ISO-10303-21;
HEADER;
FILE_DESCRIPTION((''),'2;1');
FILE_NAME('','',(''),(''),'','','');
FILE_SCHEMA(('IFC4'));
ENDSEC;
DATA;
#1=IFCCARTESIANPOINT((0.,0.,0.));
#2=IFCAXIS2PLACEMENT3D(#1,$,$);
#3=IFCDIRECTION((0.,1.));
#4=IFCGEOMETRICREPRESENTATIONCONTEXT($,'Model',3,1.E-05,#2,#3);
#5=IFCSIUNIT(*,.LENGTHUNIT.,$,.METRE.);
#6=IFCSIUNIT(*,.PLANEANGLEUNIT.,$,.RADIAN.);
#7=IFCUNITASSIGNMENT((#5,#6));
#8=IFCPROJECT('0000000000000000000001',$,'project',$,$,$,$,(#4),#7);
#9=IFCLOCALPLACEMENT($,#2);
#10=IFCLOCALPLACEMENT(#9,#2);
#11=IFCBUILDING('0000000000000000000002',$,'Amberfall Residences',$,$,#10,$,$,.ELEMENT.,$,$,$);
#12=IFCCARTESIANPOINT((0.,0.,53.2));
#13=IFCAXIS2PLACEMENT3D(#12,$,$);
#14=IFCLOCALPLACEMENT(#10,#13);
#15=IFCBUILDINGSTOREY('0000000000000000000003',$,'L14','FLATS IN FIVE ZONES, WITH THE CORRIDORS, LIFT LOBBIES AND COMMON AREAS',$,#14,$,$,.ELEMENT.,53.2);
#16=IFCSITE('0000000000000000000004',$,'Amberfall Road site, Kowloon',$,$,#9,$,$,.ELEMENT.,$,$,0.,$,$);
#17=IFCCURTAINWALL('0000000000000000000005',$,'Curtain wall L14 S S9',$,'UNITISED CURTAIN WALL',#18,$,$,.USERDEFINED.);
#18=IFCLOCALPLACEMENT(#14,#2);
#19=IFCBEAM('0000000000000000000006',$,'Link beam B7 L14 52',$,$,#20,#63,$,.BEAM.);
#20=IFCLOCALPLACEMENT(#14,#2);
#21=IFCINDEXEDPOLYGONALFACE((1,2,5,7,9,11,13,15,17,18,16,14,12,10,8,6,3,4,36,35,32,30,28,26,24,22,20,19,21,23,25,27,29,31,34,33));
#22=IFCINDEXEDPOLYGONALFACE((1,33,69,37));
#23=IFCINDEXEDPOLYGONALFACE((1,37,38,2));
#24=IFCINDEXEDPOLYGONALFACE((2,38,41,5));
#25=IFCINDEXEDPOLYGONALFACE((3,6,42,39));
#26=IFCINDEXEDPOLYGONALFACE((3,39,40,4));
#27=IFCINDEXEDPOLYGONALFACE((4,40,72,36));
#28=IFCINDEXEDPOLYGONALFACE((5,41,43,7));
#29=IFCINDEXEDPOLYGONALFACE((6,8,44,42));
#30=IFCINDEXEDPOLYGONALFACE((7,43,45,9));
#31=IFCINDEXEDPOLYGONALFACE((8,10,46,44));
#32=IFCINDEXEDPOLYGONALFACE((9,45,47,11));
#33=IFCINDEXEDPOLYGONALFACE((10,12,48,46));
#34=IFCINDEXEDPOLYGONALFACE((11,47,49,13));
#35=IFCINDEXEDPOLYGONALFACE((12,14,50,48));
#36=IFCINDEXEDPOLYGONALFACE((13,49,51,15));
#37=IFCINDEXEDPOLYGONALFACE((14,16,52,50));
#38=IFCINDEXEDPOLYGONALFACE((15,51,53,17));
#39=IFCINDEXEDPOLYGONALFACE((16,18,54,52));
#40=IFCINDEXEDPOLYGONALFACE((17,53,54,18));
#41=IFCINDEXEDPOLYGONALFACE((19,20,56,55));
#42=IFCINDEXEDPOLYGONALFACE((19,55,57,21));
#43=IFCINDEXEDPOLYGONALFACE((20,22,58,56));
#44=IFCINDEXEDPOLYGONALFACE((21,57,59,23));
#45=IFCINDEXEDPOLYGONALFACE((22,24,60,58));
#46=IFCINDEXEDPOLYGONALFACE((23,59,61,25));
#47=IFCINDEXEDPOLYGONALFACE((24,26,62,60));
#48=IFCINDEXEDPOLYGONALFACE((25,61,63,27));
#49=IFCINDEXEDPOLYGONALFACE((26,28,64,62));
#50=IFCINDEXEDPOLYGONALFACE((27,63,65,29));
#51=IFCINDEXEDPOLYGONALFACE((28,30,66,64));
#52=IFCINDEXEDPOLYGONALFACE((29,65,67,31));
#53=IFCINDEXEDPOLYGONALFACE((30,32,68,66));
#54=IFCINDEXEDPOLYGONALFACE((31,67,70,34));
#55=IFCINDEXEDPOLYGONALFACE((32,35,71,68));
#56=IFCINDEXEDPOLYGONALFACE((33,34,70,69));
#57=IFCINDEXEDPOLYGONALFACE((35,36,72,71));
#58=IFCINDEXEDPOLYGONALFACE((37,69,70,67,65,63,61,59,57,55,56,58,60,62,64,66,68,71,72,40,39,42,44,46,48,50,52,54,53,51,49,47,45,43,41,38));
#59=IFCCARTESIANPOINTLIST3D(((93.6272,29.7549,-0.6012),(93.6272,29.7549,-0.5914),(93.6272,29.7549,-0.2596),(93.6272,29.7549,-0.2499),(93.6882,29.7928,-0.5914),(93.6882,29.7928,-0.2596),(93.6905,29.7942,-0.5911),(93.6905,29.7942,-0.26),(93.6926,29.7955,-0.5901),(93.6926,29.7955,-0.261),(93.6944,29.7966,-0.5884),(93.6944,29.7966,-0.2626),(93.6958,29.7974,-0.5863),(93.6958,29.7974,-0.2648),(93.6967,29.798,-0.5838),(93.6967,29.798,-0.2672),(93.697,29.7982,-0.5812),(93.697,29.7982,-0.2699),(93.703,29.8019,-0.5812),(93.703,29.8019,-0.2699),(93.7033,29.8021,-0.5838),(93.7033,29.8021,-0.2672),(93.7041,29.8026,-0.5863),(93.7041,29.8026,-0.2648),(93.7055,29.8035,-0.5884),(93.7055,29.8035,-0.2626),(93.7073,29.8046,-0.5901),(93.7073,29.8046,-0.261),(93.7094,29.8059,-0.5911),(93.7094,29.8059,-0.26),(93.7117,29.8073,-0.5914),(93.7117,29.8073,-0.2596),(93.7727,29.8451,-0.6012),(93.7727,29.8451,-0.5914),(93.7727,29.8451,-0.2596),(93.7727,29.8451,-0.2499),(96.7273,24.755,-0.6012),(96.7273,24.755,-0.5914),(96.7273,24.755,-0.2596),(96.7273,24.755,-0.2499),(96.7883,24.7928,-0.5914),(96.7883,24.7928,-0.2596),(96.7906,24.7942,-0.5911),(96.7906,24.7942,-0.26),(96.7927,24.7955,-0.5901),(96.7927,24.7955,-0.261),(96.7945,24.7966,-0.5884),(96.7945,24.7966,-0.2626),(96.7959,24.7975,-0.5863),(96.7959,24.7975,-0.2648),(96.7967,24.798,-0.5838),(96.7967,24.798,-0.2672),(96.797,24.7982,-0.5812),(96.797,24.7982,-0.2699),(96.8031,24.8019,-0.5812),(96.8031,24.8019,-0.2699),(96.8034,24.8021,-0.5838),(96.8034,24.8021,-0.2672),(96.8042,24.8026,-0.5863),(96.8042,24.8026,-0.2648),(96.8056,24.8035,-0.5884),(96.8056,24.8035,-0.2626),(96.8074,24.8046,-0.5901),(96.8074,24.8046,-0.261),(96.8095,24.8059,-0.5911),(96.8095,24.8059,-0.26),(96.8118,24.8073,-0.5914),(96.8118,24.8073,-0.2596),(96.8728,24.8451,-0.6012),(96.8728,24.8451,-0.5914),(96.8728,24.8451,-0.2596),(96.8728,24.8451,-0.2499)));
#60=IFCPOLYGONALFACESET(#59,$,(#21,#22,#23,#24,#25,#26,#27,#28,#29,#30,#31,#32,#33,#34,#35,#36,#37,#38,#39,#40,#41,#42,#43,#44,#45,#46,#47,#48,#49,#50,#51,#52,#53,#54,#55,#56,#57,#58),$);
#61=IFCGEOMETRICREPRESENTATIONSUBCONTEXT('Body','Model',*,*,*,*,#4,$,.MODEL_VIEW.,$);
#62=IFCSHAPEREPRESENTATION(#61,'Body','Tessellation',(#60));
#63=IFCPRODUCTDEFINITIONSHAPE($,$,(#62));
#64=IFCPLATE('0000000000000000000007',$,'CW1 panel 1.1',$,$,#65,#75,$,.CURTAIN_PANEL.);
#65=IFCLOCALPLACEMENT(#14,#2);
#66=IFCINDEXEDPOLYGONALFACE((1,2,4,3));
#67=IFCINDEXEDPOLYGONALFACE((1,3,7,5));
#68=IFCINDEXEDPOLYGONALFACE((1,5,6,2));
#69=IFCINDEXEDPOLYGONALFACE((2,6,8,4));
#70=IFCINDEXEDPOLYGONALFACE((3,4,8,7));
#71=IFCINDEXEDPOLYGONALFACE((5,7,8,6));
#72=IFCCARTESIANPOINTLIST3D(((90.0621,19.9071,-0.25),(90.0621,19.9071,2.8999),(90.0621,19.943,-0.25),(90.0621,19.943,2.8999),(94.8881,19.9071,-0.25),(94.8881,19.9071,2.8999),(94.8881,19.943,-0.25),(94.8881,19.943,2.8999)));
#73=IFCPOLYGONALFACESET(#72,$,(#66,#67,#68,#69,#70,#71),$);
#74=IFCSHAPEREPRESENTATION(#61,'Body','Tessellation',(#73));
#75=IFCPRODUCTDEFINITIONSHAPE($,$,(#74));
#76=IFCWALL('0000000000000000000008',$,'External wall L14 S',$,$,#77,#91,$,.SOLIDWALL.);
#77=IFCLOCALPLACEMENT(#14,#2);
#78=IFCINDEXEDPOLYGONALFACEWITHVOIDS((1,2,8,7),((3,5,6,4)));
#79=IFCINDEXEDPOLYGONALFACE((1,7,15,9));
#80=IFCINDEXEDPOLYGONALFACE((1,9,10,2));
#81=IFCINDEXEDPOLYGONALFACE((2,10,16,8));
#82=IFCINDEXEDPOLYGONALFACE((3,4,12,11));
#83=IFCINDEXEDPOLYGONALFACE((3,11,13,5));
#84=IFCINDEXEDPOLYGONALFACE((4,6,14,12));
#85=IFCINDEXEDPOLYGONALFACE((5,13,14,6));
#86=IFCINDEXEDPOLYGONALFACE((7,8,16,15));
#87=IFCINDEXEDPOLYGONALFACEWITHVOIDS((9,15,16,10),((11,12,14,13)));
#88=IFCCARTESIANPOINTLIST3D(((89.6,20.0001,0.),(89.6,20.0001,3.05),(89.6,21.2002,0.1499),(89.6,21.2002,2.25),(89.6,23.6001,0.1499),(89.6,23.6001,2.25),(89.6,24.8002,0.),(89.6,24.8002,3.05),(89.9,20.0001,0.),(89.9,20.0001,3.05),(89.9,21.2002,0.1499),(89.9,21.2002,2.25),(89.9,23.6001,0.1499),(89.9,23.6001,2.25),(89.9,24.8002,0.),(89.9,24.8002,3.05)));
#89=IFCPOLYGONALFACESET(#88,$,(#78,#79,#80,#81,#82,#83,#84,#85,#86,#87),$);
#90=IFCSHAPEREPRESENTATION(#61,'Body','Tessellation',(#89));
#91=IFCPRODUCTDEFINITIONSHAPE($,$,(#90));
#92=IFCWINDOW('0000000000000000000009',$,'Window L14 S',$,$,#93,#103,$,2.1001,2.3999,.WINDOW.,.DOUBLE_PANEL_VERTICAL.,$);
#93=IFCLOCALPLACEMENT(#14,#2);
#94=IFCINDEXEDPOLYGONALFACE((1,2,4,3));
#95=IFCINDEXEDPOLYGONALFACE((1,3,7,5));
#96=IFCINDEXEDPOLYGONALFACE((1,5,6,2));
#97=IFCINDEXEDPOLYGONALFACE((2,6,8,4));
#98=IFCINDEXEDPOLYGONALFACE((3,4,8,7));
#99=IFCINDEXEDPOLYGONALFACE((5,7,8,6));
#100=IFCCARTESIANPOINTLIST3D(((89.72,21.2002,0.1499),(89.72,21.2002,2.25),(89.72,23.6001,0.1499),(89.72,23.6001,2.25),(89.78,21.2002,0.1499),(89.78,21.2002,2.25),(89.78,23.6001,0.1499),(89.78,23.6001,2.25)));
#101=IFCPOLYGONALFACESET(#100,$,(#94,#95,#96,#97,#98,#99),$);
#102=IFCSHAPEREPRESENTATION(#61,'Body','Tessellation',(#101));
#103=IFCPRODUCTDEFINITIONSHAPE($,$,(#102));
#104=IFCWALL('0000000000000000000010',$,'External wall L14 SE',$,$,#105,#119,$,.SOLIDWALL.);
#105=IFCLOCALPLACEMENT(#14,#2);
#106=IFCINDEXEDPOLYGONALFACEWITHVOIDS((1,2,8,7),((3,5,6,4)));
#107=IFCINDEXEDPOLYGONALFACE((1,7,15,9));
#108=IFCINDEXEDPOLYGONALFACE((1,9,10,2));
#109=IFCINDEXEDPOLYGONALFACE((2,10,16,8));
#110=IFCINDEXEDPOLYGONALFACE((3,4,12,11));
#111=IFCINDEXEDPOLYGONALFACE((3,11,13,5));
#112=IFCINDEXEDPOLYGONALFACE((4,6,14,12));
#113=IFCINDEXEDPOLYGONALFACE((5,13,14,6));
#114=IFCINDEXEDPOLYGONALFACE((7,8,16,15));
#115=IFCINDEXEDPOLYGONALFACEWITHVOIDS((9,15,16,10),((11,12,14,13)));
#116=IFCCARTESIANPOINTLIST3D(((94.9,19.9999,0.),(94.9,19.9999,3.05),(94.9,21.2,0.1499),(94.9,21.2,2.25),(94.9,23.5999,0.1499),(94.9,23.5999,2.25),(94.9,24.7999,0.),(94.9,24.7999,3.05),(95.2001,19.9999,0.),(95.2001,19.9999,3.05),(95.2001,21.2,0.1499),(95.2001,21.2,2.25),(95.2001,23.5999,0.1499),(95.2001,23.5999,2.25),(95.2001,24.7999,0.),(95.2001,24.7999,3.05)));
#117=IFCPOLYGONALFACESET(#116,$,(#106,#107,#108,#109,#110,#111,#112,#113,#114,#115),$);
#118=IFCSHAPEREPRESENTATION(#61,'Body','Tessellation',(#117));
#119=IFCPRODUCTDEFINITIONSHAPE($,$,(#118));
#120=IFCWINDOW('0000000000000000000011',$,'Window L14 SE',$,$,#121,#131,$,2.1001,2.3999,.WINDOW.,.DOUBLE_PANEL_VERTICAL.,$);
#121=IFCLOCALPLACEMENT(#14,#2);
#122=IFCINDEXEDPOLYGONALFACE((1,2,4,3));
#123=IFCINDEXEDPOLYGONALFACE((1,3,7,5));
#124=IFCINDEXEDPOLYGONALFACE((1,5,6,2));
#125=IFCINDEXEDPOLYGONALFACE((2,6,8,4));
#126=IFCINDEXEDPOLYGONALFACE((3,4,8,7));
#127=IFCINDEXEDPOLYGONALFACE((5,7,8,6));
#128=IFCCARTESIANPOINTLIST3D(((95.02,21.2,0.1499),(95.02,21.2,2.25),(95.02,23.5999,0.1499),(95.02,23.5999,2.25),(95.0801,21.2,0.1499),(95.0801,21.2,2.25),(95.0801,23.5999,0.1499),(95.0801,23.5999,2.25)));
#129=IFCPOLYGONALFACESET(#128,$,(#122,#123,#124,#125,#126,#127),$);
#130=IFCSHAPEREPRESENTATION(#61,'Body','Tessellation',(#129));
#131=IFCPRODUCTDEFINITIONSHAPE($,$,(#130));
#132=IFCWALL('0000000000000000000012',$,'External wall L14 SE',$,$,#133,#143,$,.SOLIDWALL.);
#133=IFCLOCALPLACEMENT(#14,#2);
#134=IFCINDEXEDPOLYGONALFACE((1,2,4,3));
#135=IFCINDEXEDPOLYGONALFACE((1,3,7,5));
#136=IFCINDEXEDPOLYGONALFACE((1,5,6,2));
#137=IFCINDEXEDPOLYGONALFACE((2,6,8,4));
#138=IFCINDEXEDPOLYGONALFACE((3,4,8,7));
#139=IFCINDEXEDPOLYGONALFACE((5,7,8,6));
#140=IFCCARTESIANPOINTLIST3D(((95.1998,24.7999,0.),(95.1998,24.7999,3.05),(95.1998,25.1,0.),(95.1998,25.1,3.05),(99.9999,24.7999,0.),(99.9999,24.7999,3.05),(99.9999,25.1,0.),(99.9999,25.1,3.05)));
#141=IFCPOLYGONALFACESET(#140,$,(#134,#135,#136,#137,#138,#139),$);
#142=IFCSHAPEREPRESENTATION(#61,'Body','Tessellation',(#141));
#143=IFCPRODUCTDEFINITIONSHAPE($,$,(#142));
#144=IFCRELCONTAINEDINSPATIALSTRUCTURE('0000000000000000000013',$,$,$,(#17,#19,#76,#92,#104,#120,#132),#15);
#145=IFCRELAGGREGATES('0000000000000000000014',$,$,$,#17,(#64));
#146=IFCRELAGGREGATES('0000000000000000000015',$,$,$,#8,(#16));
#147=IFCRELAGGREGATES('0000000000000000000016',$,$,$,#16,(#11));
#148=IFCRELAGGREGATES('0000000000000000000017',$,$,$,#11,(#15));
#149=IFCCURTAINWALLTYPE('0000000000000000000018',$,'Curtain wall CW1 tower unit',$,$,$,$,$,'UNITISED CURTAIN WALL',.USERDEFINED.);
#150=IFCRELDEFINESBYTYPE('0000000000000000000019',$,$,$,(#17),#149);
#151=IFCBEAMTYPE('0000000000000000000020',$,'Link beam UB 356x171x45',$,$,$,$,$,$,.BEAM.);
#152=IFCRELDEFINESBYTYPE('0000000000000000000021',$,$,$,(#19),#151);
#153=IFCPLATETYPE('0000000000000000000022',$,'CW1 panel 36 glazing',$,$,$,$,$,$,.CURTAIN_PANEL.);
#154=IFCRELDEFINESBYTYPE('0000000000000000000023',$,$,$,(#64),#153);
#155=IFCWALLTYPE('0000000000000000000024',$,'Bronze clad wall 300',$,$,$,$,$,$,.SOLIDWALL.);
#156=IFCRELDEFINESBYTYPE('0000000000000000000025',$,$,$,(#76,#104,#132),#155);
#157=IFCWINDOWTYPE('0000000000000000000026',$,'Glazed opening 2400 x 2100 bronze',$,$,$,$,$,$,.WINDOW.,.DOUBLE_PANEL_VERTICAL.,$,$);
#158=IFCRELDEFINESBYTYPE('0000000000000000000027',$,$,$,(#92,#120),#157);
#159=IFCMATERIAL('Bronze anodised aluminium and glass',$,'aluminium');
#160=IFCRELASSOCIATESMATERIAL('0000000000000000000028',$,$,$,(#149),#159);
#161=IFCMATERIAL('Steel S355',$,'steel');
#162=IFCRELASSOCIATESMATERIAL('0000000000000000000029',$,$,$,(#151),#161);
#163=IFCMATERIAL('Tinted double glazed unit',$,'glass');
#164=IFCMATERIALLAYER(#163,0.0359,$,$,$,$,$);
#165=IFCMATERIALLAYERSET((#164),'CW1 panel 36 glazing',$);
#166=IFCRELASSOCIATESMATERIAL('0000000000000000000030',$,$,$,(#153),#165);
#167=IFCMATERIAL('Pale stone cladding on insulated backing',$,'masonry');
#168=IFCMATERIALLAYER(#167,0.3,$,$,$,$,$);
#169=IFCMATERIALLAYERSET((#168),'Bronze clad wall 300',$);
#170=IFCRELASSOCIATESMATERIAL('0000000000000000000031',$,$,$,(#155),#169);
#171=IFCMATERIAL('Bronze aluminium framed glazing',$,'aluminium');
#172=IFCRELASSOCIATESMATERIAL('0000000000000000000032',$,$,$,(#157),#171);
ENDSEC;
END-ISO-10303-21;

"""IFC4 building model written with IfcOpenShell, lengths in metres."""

from ifc_helpers import new_model, si_unit, direction, frame, frame_2d, origin, origin_2d, place, context, subcontext, project, spatial, rectangle, i_section, extrude, material, layer, layer_set, material_profile, profile_set, type_object, element, fill, aggregate, save


model = new_model("IFC4")

# Units and contexts
model_context = context("Model", 3, precision=1e-05, world=origin(), true_north=direction((0.0, 1.0)))
body_context = subcontext(model_context, "Body", "Model", "MODEL_VIEW")
ifc_project = project(units=[si_unit("LENGTHUNIT", "METRE"), si_unit("PLANEANGLEUNIT", "RADIAN")], contexts=[model_context])

# Site, building, storey
site_placement = place(None, origin())
site = spatial("IfcSite", under=ifc_project, at=site_placement, Name="Amberfall Road site, Kowloon", CompositionType="ELEMENT", RefElevation=0.0)
building_placement = place(site_placement, origin())
building = spatial("IfcBuilding", under=site, at=building_placement, Name="Amberfall Residences", CompositionType="ELEMENT")
storey_placement = place(building_placement, frame((0.0, 0.0, 53.2)))
storey = spatial("IfcBuildingStorey", under=building, at=storey_placement, Name="L14", Description="FLATS IN FIVE ZONES, WITH THE CORRIDORS, LIFT LOBBIES AND COMMON AREAS", CompositionType="ELEMENT", Elevation=53.2)

# Curtain wall
ifc_material_1 = material(Name="Bronze anodised aluminium and glass", Category="aluminium")
curtain_wall_type = type_object("IfcCurtainWallType", Name="Curtain wall CW1 tower unit", ElementType="UNITISED CURTAIN WALL", PredefinedType="USERDEFINED", material=ifc_material_1)
curtain_wall_1_placement = place(storey_placement, origin())
curtain_wall_1 = element("IfcCurtainWall", 1, at=curtain_wall_1_placement, inside=storey, type_object=curtain_wall_type, Name="Curtain wall L14 S S9", ObjectType="UNITISED CURTAIN WALL", PredefinedType="USERDEFINED")

# Beam
ifc_material_2 = material(Name="Steel S355", Category="steel")
ifc_material_profile_1 = material_profile(ifc_material_2, i_section(OverallWidth=0.1711, OverallDepth=0.3513, WebThickness=0.0071, FlangeThickness=0.0098, FilletRadius=0.0103, at=origin_2d()), Name="UB 356x171x45")
ifc_profile_set_1 = profile_set([ifc_material_profile_1], Name="Steel S355")
beam_type = type_object("IfcBeamType", Name="Link beam UB 356x171x45", PredefinedType="BEAM", material=ifc_profile_set_1)
beam_1_placement = place(storey_placement, frame((96.8, 24.8, -0.4255), z_axis=(-0.526952, 0.849895, 0.0), x_axis=(-0.849895, -0.526952, 0.0)))
element("IfcBeam", 2, at=beam_1_placement, inside=storey, type_object=beam_type, Name="Link beam B7 L14 52", PredefinedType="BEAM", context=body_context, shape_type="SweptSolid", body=[
    extrude(i_section(OverallWidth=0.1711, OverallDepth=0.3513, WebThickness=0.0071, FlangeThickness=0.0098, FilletRadius=0.0103, at=origin_2d()), origin(), (0.0, 0.0, 1.0), 5.8831),
])

# Plate
ifc_material_3 = material(Name="Tinted double glazed unit", Category="glass")
ifc_layer_1 = layer(ifc_material_3, 0.0359)
ifc_layer_set_1 = layer_set([ifc_layer_1], Name="CW1 panel 36 glazing")
plate_type = type_object("IfcPlateType", Name="CW1 panel 36 glazing", PredefinedType="CURTAIN_PANEL", material=ifc_layer_set_1)
plate_placement = place(storey_placement, frame((92.4751, 19.925, -0.25), z_axis=(0.0, 0.0, 1.0), x_axis=(1.0, 0.0, 0.0)))
plate = element("IfcPlate", 3, at=plate_placement, type_object=plate_type, Name="CW1 panel 1.1", PredefinedType="CURTAIN_PANEL", context=body_context, shape_type="SweptSolid", body=[
    extrude(rectangle(XDim=4.8259, YDim=0.0359, at=origin_2d()), origin(), (0.0, 0.0, 1.0), 3.1499),
])
aggregate(curtain_wall_1, [plate])

# Walls, openings, windows
ifc_material_4 = material(Name="Pale stone cladding on insulated backing", Category="masonry")
ifc_layer_2 = layer(ifc_material_4, 0.3)
ifc_layer_set_2 = layer_set([ifc_layer_2], Name="Bronze clad wall 300")
wall_type = type_object("IfcWallType", Name="Bronze clad wall 300", PredefinedType="SOLIDWALL", material=ifc_layer_set_2)
wall_1_placement = place(storey_placement, frame((89.75, 24.8, 0.0), z_axis=(0.0, 0.0, 1.0), x_axis=(0.0, -1.0, 0.0)))
wall_1 = element("IfcWall", 4, at=wall_1_placement, inside=storey, type_object=wall_type, Name="External wall L14 S", PredefinedType="SOLIDWALL", context=body_context, shape_type="SweptSolid", body=[
    extrude(rectangle(XDim=4.8, YDim=0.3, at=frame_2d((2.3999, 0.0))), origin(), (0.0, 0.0, 1.0), 3.05),
])
opening_1_placement = place(wall_1_placement, frame((1.2, 0.0, 0.1499)))
opening_1 = element("IfcOpeningElement", 5, at=opening_1_placement, cuts=wall_1, PredefinedType="OPENING", context=body_context, shape_type="SweptSolid", body=[
    extrude(rectangle(XDim=2.3999, YDim=2.1001, at=frame_2d((1.2, 1.05))), frame((0.0, 0.1599, 0.0), z_axis=(0.0, -1.0, 0.0), x_axis=(1.0, 0.0, 0.0)), (0.0, 0.0, 1.0), 0.3201),
])
ifc_material_5 = material(Name="Bronze aluminium framed glazing", Category="aluminium")
window_type = type_object("IfcWindowType", Name="Glazed opening 2400 x 2100 bronze", PartitioningType="DOUBLE_PANEL_VERTICAL", PredefinedType="WINDOW", material=ifc_material_5)
window_1_placement = place(opening_1_placement, origin())
window_1 = element("IfcWindow", 6, at=window_1_placement, inside=storey, type_object=window_type, Name="Window L14 S", OverallHeight=2.1001, OverallWidth=2.3999, PartitioningType="DOUBLE_PANEL_VERTICAL", PredefinedType="WINDOW", context=body_context, shape_type="SweptSolid", body=[
    extrude(rectangle(XDim=2.3999, YDim=2.1001, at=frame_2d((1.2, 1.05))), frame((0.0, 0.03, 0.0), z_axis=(0.0, -1.0, 0.0), x_axis=(1.0, 0.0, 0.0)), (0.0, 0.0, 1.0), 0.0601),
])
fill(opening_1, window_1)
wall_2_placement = place(storey_placement, frame((95.05, 20.0, 0.0), z_axis=(0.0, 0.0, 1.0), x_axis=(0.0, 1.0, 0.0)))
wall_2 = element("IfcWall", 7, at=wall_2_placement, inside=storey, type_object=wall_type, Name="External wall L14 SE", PredefinedType="SOLIDWALL", context=body_context, shape_type="SweptSolid", body=[
    extrude(rectangle(XDim=4.8, YDim=0.3, at=frame_2d((2.3999, 0.0))), origin(), (0.0, 0.0, 1.0), 3.05),
])
opening_2_placement = place(wall_2_placement, frame((1.2, 0.0, 0.1499)))
opening_2 = element("IfcOpeningElement", 8, at=opening_2_placement, cuts=wall_2, PredefinedType="OPENING", context=body_context, shape_type="SweptSolid", body=[
    extrude(rectangle(XDim=2.3999, YDim=2.1001, at=frame_2d((1.2, 1.05))), frame((0.0, 0.1599, 0.0), z_axis=(0.0, -1.0, 0.0), x_axis=(1.0, 0.0, 0.0)), (0.0, 0.0, 1.0), 0.3201),
])
window_2_placement = place(opening_2_placement, origin())
window_2 = element("IfcWindow", 9, at=window_2_placement, inside=storey, type_object=window_type, Name="Window L14 SE", OverallHeight=2.1001, OverallWidth=2.3999, PartitioningType="DOUBLE_PANEL_VERTICAL", PredefinedType="WINDOW", context=body_context, shape_type="SweptSolid", body=[
    extrude(rectangle(XDim=2.3999, YDim=2.1001, at=frame_2d((1.2, 1.05))), frame((0.0, 0.03, 0.0), z_axis=(0.0, -1.0, 0.0), x_axis=(1.0, 0.0, 0.0)), (0.0, 0.0, 1.0), 0.0601),
])
fill(opening_2, window_2)

# Wall
wall_3_placement = place(storey_placement, frame((95.2, 24.95, 0.0), z_axis=(0.0, 0.0, 1.0), x_axis=(1.0, 0.0, 0.0)))
element("IfcWall", 10, at=wall_3_placement, inside=storey, type_object=wall_type, Name="External wall L14 SE", PredefinedType="SOLIDWALL", context=body_context, shape_type="SweptSolid", body=[
    extrude(rectangle(XDim=4.8, YDim=0.3, at=frame_2d((2.3999, 0.0))), origin(), (0.0, 0.0, 1.0), 3.05),
])

save(model, "model.ifc")
